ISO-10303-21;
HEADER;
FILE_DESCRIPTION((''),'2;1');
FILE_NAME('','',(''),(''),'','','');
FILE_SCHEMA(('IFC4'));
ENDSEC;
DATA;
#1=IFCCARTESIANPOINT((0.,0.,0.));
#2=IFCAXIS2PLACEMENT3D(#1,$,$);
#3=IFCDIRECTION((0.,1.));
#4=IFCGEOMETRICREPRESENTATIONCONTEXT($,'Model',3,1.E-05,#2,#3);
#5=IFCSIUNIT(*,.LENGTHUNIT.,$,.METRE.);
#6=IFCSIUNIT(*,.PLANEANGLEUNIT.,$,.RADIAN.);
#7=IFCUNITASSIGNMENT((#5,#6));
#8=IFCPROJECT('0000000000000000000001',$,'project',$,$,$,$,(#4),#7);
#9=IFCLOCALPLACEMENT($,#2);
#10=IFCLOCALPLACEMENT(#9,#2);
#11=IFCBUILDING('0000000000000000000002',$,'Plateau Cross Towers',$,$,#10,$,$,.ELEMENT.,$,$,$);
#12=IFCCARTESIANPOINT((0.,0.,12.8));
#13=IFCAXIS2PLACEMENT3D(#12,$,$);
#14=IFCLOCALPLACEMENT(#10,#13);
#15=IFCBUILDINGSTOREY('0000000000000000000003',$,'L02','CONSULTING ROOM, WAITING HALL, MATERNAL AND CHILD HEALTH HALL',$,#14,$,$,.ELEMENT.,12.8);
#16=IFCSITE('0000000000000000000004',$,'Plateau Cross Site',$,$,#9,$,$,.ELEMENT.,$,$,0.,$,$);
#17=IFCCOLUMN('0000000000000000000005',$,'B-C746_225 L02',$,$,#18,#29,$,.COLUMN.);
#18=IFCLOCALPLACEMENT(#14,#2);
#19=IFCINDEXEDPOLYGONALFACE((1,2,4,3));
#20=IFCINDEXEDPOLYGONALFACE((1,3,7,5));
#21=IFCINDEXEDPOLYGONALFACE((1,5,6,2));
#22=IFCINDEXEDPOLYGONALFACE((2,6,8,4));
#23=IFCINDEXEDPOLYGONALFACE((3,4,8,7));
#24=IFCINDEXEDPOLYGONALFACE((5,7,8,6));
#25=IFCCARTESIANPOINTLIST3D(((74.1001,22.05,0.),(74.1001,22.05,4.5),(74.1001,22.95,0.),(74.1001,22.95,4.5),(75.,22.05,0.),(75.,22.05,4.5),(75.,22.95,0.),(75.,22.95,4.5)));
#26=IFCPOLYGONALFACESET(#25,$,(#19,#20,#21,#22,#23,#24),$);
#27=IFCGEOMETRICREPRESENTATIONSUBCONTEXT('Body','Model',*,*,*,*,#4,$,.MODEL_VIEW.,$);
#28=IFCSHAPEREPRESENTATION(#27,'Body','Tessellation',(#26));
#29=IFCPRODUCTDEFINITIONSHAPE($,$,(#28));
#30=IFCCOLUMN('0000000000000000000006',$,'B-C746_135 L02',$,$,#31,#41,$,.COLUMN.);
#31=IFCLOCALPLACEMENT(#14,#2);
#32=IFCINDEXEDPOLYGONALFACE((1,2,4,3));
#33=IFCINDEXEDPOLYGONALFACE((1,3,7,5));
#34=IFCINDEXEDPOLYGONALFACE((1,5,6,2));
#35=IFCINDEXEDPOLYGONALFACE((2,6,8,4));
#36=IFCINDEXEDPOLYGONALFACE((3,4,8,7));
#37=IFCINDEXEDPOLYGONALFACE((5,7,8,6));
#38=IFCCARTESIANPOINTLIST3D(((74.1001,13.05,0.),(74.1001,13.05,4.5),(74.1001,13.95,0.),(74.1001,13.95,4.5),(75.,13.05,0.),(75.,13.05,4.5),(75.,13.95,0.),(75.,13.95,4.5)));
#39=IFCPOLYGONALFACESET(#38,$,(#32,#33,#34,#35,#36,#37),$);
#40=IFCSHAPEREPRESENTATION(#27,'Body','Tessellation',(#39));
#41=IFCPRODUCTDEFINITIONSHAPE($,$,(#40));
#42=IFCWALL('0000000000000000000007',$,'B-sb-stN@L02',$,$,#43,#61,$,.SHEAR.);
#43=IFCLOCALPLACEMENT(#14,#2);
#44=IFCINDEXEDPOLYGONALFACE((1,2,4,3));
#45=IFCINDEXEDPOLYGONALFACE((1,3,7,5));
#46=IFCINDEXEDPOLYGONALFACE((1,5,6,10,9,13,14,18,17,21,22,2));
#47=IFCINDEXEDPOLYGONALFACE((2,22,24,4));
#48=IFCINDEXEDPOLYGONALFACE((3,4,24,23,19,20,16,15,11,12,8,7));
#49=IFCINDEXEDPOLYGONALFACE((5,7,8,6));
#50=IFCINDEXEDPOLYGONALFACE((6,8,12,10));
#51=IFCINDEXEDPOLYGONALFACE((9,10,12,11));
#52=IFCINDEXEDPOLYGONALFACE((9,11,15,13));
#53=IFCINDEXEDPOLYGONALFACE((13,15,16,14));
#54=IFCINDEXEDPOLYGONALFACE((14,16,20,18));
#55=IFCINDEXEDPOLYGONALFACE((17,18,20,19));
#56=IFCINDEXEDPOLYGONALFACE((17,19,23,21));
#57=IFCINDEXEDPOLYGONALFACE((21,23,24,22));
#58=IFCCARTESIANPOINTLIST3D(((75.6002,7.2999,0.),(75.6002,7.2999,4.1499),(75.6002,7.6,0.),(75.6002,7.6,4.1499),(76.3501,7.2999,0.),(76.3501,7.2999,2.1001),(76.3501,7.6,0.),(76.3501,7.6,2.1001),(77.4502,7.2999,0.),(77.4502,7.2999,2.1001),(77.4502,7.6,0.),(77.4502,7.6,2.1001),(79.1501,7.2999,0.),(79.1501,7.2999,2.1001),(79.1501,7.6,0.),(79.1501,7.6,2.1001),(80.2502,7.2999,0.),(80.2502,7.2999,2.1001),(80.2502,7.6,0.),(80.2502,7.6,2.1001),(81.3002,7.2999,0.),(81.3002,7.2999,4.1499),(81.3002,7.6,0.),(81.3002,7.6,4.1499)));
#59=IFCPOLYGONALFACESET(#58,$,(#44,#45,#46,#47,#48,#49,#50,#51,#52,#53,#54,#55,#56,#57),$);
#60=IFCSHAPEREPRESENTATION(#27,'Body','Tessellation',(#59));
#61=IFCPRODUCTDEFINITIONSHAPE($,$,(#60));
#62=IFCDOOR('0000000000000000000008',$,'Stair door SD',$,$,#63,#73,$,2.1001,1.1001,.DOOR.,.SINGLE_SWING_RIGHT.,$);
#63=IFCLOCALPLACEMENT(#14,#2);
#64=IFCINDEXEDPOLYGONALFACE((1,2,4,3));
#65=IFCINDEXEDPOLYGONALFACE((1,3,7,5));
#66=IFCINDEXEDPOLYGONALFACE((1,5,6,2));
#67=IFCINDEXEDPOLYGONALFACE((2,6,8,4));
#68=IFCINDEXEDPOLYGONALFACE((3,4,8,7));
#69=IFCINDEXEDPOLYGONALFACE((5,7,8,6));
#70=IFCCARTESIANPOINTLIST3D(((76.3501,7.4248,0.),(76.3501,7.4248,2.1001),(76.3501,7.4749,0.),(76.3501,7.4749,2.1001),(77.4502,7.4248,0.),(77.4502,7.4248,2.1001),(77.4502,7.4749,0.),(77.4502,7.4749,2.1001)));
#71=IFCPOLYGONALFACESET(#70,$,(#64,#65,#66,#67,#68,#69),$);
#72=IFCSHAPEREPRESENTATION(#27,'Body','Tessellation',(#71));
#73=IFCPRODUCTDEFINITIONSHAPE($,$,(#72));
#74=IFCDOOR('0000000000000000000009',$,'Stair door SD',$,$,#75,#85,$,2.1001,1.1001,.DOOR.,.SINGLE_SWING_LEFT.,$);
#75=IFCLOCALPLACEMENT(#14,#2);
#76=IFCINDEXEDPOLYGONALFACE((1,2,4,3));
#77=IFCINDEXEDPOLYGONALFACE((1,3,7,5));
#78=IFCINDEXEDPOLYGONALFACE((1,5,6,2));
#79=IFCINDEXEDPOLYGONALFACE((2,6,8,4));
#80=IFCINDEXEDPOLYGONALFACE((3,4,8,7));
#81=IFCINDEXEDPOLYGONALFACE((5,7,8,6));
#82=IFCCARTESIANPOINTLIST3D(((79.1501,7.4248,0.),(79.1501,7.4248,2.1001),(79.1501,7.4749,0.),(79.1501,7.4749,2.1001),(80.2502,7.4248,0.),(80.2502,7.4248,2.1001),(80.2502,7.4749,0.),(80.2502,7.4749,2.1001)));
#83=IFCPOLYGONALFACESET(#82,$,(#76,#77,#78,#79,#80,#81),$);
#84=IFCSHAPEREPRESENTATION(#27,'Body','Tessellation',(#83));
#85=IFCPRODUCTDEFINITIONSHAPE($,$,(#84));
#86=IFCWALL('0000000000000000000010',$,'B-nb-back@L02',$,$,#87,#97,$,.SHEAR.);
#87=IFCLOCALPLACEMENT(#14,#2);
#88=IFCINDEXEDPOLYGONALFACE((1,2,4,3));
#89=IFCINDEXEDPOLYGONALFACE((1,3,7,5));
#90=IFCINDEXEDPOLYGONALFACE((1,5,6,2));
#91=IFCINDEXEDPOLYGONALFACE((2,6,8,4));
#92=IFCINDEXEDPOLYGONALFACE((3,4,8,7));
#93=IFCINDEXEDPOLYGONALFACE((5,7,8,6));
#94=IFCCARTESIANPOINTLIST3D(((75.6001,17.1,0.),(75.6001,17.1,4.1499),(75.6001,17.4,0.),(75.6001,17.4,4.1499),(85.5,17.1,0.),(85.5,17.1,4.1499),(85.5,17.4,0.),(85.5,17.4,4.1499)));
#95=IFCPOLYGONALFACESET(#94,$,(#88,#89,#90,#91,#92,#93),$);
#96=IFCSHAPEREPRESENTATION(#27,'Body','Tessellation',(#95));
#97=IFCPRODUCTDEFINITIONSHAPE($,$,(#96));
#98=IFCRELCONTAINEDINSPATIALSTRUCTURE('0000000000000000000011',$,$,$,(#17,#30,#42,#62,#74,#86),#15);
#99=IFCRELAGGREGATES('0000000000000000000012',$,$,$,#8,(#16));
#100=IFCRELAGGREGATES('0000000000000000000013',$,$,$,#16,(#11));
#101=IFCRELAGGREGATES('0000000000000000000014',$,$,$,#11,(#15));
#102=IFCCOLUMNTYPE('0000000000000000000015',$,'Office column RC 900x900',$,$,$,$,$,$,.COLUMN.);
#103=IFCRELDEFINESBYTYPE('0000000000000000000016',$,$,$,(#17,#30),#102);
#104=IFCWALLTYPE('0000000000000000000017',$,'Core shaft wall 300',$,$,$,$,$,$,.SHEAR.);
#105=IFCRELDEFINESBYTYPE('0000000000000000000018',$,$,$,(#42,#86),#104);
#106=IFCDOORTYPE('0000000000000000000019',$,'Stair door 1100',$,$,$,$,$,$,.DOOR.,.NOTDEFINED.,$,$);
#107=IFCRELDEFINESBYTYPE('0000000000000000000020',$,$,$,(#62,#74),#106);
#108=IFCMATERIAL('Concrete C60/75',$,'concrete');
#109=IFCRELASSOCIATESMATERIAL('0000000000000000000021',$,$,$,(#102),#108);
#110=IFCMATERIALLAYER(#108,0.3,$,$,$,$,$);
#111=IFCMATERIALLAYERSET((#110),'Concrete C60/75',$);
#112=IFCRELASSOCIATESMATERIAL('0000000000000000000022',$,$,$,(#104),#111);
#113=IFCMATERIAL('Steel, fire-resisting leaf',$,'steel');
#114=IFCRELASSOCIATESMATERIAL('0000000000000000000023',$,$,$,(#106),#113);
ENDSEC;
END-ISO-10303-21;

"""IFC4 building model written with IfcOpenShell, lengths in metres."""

from ifc_helpers import new_model, si_unit, direction, frame, frame_2d, origin, origin_2d, place, context, subcontext, project, spatial, rectangle, extrude, material, layer, layer_set, material_profile, profile_set, type_object, element, fill, save


model = new_model("IFC4")

# Units and contexts
model_context = context("Model", 3, precision=1e-05, world=origin(), true_north=direction((0.0, 1.0)))
body_context = subcontext(model_context, "Body", "Model", "MODEL_VIEW")
ifc_project = project(units=[si_unit("LENGTHUNIT", "METRE"), si_unit("PLANEANGLEUNIT", "RADIAN")], contexts=[model_context])

# Site, building, storey
site_placement = place(None, origin())
site = spatial("IfcSite", under=ifc_project, at=site_placement, Name="Plateau Cross Site", CompositionType="ELEMENT", RefElevation=0.0)
building_placement = place(site_placement, origin())
building = spatial("IfcBuilding", under=site, at=building_placement, Name="Plateau Cross Towers", CompositionType="ELEMENT")
storey_placement = place(building_placement, frame((0.0, 0.0, 12.8)))
storey = spatial("IfcBuildingStorey", under=building, at=storey_placement, Name="L02", Description="CONSULTING ROOM, WAITING HALL, MATERNAL AND CHILD HEALTH HALL", CompositionType="ELEMENT", Elevation=12.8)

# Columns
ifc_material_1 = material(Name="Concrete C60/75", Category="concrete")
ifc_material_profile = material_profile(ifc_material_1, rectangle(XDim=0.8999, YDim=0.8999, at=origin_2d()), Name="RC 900x900")
ifc_profile_set = profile_set([ifc_material_profile], Name="Concrete C60/75")
column_type = type_object("IfcColumnType", Name="Office column RC 900x900", PredefinedType="COLUMN", material=ifc_profile_set)
for number, where, z_axis, x_axis, name in (
    (1, (74.55, 22.5, 0.0), (0.0, 0.0, 1.0), (1.0, 0.0, 0.0), "B-C746_225 L02"),
    (2, (74.55, 13.5, 0.0), (0.0, 0.0, 1.0), (1.0, 0.0, 0.0), "B-C746_135 L02"),
):
    element("IfcColumn", number, at=place(storey_placement, frame(where, z_axis=z_axis, x_axis=x_axis)), inside=storey, type_object=column_type, Name=name, PredefinedType="COLUMN", context=body_context, shape_type="SweptSolid", body=[
        extrude(rectangle(XDim=0.8999, YDim=0.8999, at=origin_2d()), origin(), (0.0, 0.0, 1.0), 4.5),
    ])

# Wall, openings, doors
ifc_layer_1 = layer(ifc_material_1, 0.3)
ifc_layer_set_1 = layer_set([ifc_layer_1], Name="Concrete C60/75")
wall_type_1 = type_object("IfcWallType", Name="Core shaft wall 300", PredefinedType="SHEAR", material=ifc_layer_set_1)
wall_1_placement = place(storey_placement, frame((75.6001, 7.45, 0.0), z_axis=(0.0, 0.0, 1.0), x_axis=(1.0, 0.0, 0.0)))
wall_1 = element("IfcWall", 3, at=wall_1_placement, inside=storey, type_object=wall_type_1, Name="B-sb-stN@L02", PredefinedType="SHEAR", context=body_context, shape_type="SweptSolid", body=[
    extrude(rectangle(XDim=5.7, YDim=0.3, at=frame_2d((2.8501, 0.0))), origin(), (0.0, 0.0, 1.0), 4.1499),
])
opening_1_placement = place(wall_1_placement, frame((0.75, 0.0, 0.0)))
opening_1 = element("IfcOpeningElement", 4, at=opening_1_placement, cuts=wall_1, PredefinedType="OPENING", context=body_context, shape_type="SweptSolid", body=[
    extrude(rectangle(XDim=1.1001, YDim=2.1001, at=frame_2d((0.55, 1.05))), frame((0.0, 0.1599, 0.0), z_axis=(0.0, -1.0, 0.0), x_axis=(1.0, 0.0, 0.0)), (0.0, 0.0, 1.0), 0.3201),
])
opening_2_placement = place(wall_1_placement, frame((3.55, 0.0, 0.0)))
opening_2 = element("IfcOpeningElement", 5, at=opening_2_placement, cuts=wall_1, PredefinedType="OPENING", context=body_context, shape_type="SweptSolid", body=[
    extrude(rectangle(XDim=1.1001, YDim=2.1001, at=frame_2d((0.55, 1.05))), frame((0.0, 0.1599, 0.0), z_axis=(0.0, -1.0, 0.0), x_axis=(1.0, 0.0, 0.0)), (0.0, 0.0, 1.0), 0.3201),
])
ifc_material_2 = material(Name="Steel, fire-resisting leaf", Category="steel")
door_type_1 = type_object("IfcDoorType", Name="Stair door 1100", OperationType="NOTDEFINED", PredefinedType="DOOR", material=ifc_material_2)
door_1_placement = place(opening_1_placement, origin())
door_1 = element("IfcDoor", 6, at=door_1_placement, inside=storey, type_object=door_type_1, Name="Stair door SD", OperationType="SINGLE_SWING_RIGHT", OverallHeight=2.1001, OverallWidth=1.1001, PredefinedType="DOOR", context=body_context, shape_type="SweptSolid", body=[
    extrude(rectangle(XDim=1.1001, YDim=2.1001, at=frame_2d((0.55, 1.05))), frame((0.0, 0.0249, 0.0), z_axis=(0.0, -1.0, 0.0), x_axis=(1.0, 0.0, 0.0)), (0.0, 0.0, 1.0), 0.05),
])
fill(opening_1, door_1)
door_2_placement = place(opening_2_placement, origin())
door_2 = element("IfcDoor", 7, at=door_2_placement, inside=storey, type_object=door_type_1, Name="Stair door SD", OperationType="SINGLE_SWING_LEFT", OverallHeight=2.1001, OverallWidth=1.1001, PredefinedType="DOOR", context=body_context, shape_type="SweptSolid", body=[
    extrude(rectangle(XDim=1.1001, YDim=2.1001, at=frame_2d((0.55, 1.05))), frame((0.0, 0.0249, 0.0), z_axis=(0.0, -1.0, 0.0), x_axis=(1.0, 0.0, 0.0)), (0.0, 0.0, 1.0), 0.05),
])
fill(opening_2, door_2)

# Wall
wall_2_placement = place(storey_placement, frame((75.6001, 17.25, 0.0), z_axis=(0.0, 0.0, 1.0), x_axis=(1.0, 0.0, 0.0)))
element("IfcWall", 8, at=wall_2_placement, inside=storey, type_object=wall_type_1, Name="B-nb-back@L02", PredefinedType="SHEAR", context=body_context, shape_type="SweptSolid", body=[
    extrude(rectangle(XDim=9.8999, YDim=0.3, at=frame_2d((4.95, 0.0))), origin(), (0.0, 0.0, 1.0), 4.1499),
])

save(model, "model.ifc")
